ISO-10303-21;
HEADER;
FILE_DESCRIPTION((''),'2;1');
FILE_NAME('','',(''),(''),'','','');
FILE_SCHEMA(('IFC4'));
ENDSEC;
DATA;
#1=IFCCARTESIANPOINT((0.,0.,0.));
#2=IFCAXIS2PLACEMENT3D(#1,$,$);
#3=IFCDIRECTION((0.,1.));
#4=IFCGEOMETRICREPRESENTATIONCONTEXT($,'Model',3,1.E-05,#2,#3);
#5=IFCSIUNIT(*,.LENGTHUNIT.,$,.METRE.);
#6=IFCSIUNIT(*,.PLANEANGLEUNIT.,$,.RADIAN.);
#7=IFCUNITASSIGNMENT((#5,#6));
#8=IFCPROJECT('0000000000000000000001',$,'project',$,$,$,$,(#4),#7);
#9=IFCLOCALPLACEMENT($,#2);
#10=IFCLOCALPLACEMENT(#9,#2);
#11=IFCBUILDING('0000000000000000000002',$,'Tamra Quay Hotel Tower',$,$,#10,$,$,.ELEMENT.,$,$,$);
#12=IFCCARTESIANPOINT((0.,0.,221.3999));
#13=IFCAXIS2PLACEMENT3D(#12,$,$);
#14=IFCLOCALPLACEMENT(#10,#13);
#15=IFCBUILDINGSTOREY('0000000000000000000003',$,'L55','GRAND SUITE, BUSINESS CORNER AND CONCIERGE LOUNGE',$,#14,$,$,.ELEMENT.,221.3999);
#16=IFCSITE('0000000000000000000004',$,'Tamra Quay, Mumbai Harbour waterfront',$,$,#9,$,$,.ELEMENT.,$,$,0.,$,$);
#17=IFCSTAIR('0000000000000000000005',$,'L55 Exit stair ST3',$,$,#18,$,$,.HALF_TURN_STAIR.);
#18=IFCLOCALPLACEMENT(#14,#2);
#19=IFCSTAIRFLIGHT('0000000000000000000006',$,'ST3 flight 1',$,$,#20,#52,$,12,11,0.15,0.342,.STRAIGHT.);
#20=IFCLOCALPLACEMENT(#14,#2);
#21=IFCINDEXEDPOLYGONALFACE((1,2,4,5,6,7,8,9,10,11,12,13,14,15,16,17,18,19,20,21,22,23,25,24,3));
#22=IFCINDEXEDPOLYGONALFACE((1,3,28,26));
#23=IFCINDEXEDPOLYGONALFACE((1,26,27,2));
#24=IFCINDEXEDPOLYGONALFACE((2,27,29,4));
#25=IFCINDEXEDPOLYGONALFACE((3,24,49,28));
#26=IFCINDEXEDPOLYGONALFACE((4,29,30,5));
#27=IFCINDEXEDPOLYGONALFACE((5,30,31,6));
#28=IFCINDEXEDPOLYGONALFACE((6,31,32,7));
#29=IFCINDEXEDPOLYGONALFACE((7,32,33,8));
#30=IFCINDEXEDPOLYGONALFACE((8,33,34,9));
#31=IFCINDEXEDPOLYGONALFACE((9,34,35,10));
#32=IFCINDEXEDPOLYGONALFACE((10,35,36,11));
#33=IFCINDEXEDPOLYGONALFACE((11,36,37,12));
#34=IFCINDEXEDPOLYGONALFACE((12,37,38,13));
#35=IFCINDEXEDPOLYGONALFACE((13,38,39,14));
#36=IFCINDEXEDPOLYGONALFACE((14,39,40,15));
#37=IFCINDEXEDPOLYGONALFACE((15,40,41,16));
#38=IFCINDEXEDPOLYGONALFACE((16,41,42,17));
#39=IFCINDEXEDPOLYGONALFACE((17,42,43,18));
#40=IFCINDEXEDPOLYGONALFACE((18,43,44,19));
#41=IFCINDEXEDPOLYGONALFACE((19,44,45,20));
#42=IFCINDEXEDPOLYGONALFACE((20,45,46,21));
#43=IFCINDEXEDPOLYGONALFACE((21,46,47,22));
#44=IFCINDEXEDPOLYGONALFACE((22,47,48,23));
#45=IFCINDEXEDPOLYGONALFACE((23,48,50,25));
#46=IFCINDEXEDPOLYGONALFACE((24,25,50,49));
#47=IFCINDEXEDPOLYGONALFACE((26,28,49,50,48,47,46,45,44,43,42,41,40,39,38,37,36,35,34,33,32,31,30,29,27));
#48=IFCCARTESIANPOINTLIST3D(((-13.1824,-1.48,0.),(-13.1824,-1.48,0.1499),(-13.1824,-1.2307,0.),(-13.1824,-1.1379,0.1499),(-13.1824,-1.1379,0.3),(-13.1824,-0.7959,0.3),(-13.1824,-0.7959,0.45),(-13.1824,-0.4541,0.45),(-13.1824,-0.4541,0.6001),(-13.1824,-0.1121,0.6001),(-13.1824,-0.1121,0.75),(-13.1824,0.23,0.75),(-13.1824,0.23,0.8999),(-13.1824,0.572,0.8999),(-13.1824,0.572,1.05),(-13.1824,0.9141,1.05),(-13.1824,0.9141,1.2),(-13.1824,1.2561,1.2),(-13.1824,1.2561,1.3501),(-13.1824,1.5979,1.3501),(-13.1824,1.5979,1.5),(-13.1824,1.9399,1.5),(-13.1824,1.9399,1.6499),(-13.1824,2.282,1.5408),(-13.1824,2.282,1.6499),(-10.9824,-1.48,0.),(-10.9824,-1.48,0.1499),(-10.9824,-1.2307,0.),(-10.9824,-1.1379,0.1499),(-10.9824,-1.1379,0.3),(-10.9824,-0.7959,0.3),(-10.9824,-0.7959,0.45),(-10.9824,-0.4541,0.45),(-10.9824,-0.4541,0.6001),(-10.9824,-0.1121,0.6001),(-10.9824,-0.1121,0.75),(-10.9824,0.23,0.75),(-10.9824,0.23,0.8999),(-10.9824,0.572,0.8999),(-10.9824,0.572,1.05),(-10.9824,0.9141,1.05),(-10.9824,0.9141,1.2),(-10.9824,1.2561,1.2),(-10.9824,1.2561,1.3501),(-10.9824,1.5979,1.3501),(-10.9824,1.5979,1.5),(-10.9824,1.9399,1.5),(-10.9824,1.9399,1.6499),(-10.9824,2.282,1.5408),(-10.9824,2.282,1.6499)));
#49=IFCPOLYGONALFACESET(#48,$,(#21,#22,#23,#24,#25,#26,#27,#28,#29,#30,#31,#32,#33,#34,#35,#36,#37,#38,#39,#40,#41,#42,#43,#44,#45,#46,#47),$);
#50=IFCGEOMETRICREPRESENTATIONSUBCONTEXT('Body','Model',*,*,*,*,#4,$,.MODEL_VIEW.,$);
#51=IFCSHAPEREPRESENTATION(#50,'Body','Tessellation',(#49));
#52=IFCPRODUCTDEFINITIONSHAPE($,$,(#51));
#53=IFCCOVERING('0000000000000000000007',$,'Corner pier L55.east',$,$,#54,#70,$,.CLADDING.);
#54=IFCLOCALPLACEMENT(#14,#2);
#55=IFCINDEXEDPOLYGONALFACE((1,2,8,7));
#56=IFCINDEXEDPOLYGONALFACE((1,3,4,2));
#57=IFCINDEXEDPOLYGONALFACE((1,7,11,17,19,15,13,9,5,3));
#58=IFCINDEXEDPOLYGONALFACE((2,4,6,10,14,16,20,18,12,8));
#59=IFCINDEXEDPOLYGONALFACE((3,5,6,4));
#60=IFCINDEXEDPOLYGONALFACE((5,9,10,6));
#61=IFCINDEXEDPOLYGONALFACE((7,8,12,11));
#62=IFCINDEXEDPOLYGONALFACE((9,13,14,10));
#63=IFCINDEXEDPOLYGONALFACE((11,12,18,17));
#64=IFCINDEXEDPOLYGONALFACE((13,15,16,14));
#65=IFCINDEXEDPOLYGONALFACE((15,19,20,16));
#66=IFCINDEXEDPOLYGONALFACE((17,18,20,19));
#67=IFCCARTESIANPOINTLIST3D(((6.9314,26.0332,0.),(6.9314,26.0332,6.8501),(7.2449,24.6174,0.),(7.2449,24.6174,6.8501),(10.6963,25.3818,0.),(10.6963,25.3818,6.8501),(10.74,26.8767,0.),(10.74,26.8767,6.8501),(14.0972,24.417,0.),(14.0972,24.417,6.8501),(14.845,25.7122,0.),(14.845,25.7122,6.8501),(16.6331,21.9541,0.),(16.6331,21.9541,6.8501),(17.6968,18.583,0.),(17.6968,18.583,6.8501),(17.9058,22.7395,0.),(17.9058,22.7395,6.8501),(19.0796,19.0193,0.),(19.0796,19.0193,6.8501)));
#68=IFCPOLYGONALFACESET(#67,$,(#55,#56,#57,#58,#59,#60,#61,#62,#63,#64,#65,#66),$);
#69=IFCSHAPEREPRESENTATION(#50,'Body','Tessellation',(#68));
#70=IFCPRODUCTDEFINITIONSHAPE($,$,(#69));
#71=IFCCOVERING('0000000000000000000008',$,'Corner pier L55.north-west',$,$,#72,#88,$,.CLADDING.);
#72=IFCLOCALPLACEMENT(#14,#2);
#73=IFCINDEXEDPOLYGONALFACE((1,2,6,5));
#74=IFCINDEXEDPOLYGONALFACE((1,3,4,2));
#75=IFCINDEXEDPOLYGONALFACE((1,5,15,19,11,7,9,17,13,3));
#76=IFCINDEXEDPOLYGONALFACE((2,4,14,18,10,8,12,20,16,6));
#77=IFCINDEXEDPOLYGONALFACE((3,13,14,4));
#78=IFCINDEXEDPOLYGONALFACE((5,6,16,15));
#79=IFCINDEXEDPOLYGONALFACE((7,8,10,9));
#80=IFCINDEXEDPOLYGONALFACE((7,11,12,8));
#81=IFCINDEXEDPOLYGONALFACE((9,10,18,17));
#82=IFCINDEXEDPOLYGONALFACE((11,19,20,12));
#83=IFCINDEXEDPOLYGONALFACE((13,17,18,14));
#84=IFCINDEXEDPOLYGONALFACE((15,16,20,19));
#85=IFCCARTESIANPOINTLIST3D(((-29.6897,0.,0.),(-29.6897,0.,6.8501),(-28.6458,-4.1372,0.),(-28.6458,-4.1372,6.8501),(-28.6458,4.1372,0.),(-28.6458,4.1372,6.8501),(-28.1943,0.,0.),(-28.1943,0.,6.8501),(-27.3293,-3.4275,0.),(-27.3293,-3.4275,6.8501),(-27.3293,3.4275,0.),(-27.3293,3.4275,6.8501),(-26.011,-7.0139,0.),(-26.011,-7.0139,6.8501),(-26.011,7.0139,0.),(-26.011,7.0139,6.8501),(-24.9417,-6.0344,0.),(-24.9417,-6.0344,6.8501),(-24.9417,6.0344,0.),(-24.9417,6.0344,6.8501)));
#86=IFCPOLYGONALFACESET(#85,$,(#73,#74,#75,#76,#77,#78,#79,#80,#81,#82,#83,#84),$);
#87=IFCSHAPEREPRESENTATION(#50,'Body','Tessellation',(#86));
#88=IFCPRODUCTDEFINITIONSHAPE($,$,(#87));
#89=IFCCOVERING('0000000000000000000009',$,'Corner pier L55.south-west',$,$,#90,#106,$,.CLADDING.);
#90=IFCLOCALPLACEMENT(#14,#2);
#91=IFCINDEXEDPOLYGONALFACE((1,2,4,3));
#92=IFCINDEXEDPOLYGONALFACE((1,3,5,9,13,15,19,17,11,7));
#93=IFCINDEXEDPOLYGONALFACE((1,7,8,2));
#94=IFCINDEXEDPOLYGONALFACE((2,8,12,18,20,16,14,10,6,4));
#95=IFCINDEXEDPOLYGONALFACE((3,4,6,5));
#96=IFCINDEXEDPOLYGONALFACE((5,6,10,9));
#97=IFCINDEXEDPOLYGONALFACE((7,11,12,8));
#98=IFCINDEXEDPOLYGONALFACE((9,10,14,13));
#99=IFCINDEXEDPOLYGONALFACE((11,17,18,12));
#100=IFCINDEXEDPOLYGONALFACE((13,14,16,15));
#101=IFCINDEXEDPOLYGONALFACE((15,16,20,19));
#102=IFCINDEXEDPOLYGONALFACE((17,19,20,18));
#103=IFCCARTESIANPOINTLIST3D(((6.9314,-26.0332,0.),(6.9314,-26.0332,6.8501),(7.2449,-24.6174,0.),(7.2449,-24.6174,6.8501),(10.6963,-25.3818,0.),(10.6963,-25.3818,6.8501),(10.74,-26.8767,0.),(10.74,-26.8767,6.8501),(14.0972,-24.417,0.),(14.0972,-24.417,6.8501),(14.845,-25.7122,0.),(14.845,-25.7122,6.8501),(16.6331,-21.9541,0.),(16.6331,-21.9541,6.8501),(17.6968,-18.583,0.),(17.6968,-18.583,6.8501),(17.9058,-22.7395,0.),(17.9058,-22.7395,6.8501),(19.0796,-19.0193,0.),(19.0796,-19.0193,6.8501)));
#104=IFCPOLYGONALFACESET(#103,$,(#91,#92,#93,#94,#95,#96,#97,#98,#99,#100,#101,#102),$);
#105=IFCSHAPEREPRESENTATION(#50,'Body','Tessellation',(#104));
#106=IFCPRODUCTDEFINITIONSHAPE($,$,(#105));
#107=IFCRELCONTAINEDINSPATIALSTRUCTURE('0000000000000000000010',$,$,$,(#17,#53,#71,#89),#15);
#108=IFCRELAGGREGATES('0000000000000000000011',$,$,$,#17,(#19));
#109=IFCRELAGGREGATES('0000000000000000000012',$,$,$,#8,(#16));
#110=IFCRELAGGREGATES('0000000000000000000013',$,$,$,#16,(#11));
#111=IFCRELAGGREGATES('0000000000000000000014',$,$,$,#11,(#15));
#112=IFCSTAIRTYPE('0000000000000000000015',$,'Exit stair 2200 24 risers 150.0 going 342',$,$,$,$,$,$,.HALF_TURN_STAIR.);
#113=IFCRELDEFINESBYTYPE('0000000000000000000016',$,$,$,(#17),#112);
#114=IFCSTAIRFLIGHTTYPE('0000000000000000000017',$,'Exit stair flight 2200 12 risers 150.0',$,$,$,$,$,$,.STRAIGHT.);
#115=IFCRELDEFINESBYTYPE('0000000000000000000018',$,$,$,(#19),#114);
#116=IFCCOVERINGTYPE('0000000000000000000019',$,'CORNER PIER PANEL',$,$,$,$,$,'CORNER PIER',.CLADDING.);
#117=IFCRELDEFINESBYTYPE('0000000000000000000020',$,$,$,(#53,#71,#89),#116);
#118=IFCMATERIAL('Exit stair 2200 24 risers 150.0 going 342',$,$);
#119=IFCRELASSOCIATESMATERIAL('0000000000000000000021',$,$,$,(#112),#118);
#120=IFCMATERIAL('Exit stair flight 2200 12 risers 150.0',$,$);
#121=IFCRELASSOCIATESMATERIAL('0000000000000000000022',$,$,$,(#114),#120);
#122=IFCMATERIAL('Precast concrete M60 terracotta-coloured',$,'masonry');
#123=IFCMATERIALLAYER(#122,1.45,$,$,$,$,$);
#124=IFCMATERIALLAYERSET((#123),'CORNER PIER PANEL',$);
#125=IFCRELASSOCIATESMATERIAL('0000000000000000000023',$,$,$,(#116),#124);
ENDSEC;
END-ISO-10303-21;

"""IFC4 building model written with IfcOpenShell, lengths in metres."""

from ifc_helpers import new_model, si_unit, direction, frame, origin, place, context, subcontext, project, spatial, polyline, outline, extrude, material, layer, layer_set, type_object, element, aggregate, save


model = new_model("IFC4")

# Units and contexts
model_context = context("Model", 3, precision=1e-05, world=origin(), true_north=direction((0.0, 1.0)))
body_context = subcontext(model_context, "Body", "Model", "MODEL_VIEW")
ifc_project = project(units=[si_unit("LENGTHUNIT", "METRE"), si_unit("PLANEANGLEUNIT", "RADIAN")], contexts=[model_context])

# Site, building, storey
site_placement = place(None, origin())
site = spatial("IfcSite", under=ifc_project, at=site_placement, Name="Tamra Quay, Mumbai Harbour waterfront", CompositionType="ELEMENT", RefElevation=0.0)
building_placement = place(site_placement, origin())
building = spatial("IfcBuilding", under=site, at=building_placement, Name="Tamra Quay Hotel Tower", CompositionType="ELEMENT")
storey_placement = place(building_placement, frame((0.0, 0.0, 221.3999)))
storey = spatial("IfcBuildingStorey", under=building, at=storey_placement, Name="L55", Description="GRAND SUITE, BUSINESS CORNER AND CONCIERGE LOUNGE", CompositionType="ELEMENT", Elevation=221.3999)

# Stair, stair flight
ifc_material_1 = material(Name="Exit stair 2200 24 risers 150.0 going 342")
stair_type = type_object("IfcStairType", Name="Exit stair 2200 24 risers 150.0 going 342", PredefinedType="HALF_TURN_STAIR", material=ifc_material_1)
stair_placement = place(storey_placement, origin())
stair = element("IfcStair", 1, at=stair_placement, inside=storey, type_object=stair_type, Name="L55 Exit stair ST3", PredefinedType="HALF_TURN_STAIR")
ifc_material_2 = material(Name="Exit stair flight 2200 12 risers 150.0")
stair_flight_type = type_object("IfcStairFlightType", Name="Exit stair flight 2200 12 risers 150.0", PredefinedType="STRAIGHT", material=ifc_material_2)
stair_flight_placement = place(storey_placement, frame((-12.0823, -1.48, 0.0), z_axis=(0.0, 0.0, 1.0), x_axis=(0.0, 1.0, 0.0)))
stair_flight = element("IfcStairFlight", 2, at=stair_flight_placement, type_object=stair_flight_type, Name="ST3 flight 1", NumberOfRisers=12, NumberOfTreads=11, PredefinedType="STRAIGHT", RiserHeight=0.15, TreadLength=0.342, context=body_context, shape_type="SweptSolid", body=[
    extrude(outline(polyline([(0.0, 0.0), (0.0, 0.1499), (0.342, 0.1499), (0.342, 0.3), (0.6841, 0.3), (0.6841, 0.45), (1.0259, 0.45), (1.0259, 0.6001), (1.3679, 0.6001), (1.3679, 0.75), (1.71, 0.75), (1.71, 0.8999), (2.052, 0.8999), (2.052, 1.05), (2.394, 1.05), (2.394, 1.2), (2.7361, 1.2), (2.7361, 1.3501), (3.0779, 1.3501), (3.0779, 1.5), (3.4199, 1.5), (3.4199, 1.6499), (3.762, 1.6499), (3.762, 1.8), (3.762, 1.5408), (0.2493, 0.0), (0.0, 0.0)])), frame((0.0, 1.1001, 0.0), z_axis=(0.0, -1.0, 0.0), x_axis=(1.0, 0.0, 0.0)), (0.0, 0.0, 1.0), 2.2),
])
aggregate(stair, [stair_flight])

# Coverings
ifc_material_3 = material(Name="Precast concrete M60 terracotta-coloured", Category="masonry")
ifc_layer_1 = layer(ifc_material_3, 1.45)
ifc_layer_set_1 = layer_set([ifc_layer_1], Name="CORNER PIER PANEL")
covering_type = type_object("IfcCoveringType", Name="CORNER PIER PANEL", ElementType="CORNER PIER", PredefinedType="CLADDING", material=ifc_layer_set_1)
covering_1_placement = place(storey_placement, origin())
element("IfcCovering", 3, at=covering_1_placement, inside=storey, type_object=covering_type, Name="Corner pier L55.east", PredefinedType="CLADDING", context=body_context, shape_type="SweptSolid", body=[
    extrude(outline(polyline([(17.6968, 18.583), (19.0796, 19.0193), (17.9058, 22.7395), (14.845, 25.7122), (10.74, 26.8767), (6.9314, 26.0332), (7.2449, 24.6174), (10.6963, 25.3818), (14.0972, 24.417), (16.6331, 21.9541), (17.6968, 18.583)])), origin(), (0.0, 0.0, 1.0), 6.8501),
])
covering_2_placement = place(storey_placement, origin())
element("IfcCovering", 4, at=covering_2_placement, inside=storey, type_object=covering_type, Name="Corner pier L55.north-west", PredefinedType="CLADDING", context=body_context, shape_type="SweptSolid", body=[
    extrude(outline(polyline([(-24.9417, 6.0344), (-26.011, 7.0139), (-28.6458, 4.1372), (-29.6897, 0.0), (-28.6458, -4.1372), (-26.011, -7.0139), (-24.9417, -6.0344), (-27.3293, -3.4275), (-28.1943, 0.0), (-27.3293, 3.4275), (-24.9417, 6.0344)])), origin(), (0.0, 0.0, 1.0), 6.8501),
])
covering_3_placement = place(storey_placement, origin())
element("IfcCovering", 5, at=covering_3_placement, inside=storey, type_object=covering_type, Name="Corner pier L55.south-west", PredefinedType="CLADDING", context=body_context, shape_type="SweptSolid", body=[
    extrude(outline(polyline([(7.2449, -24.6174), (6.9314, -26.0332), (10.74, -26.8767), (14.845, -25.7122), (17.9058, -22.7395), (19.0796, -19.0193), (17.6968, -18.583), (16.6331, -21.9541), (14.0972, -24.417), (10.6963, -25.3818), (7.2449, -24.6174)])), origin(), (0.0, 0.0, 1.0), 6.8501),
])

save(model, "model.ifc")
